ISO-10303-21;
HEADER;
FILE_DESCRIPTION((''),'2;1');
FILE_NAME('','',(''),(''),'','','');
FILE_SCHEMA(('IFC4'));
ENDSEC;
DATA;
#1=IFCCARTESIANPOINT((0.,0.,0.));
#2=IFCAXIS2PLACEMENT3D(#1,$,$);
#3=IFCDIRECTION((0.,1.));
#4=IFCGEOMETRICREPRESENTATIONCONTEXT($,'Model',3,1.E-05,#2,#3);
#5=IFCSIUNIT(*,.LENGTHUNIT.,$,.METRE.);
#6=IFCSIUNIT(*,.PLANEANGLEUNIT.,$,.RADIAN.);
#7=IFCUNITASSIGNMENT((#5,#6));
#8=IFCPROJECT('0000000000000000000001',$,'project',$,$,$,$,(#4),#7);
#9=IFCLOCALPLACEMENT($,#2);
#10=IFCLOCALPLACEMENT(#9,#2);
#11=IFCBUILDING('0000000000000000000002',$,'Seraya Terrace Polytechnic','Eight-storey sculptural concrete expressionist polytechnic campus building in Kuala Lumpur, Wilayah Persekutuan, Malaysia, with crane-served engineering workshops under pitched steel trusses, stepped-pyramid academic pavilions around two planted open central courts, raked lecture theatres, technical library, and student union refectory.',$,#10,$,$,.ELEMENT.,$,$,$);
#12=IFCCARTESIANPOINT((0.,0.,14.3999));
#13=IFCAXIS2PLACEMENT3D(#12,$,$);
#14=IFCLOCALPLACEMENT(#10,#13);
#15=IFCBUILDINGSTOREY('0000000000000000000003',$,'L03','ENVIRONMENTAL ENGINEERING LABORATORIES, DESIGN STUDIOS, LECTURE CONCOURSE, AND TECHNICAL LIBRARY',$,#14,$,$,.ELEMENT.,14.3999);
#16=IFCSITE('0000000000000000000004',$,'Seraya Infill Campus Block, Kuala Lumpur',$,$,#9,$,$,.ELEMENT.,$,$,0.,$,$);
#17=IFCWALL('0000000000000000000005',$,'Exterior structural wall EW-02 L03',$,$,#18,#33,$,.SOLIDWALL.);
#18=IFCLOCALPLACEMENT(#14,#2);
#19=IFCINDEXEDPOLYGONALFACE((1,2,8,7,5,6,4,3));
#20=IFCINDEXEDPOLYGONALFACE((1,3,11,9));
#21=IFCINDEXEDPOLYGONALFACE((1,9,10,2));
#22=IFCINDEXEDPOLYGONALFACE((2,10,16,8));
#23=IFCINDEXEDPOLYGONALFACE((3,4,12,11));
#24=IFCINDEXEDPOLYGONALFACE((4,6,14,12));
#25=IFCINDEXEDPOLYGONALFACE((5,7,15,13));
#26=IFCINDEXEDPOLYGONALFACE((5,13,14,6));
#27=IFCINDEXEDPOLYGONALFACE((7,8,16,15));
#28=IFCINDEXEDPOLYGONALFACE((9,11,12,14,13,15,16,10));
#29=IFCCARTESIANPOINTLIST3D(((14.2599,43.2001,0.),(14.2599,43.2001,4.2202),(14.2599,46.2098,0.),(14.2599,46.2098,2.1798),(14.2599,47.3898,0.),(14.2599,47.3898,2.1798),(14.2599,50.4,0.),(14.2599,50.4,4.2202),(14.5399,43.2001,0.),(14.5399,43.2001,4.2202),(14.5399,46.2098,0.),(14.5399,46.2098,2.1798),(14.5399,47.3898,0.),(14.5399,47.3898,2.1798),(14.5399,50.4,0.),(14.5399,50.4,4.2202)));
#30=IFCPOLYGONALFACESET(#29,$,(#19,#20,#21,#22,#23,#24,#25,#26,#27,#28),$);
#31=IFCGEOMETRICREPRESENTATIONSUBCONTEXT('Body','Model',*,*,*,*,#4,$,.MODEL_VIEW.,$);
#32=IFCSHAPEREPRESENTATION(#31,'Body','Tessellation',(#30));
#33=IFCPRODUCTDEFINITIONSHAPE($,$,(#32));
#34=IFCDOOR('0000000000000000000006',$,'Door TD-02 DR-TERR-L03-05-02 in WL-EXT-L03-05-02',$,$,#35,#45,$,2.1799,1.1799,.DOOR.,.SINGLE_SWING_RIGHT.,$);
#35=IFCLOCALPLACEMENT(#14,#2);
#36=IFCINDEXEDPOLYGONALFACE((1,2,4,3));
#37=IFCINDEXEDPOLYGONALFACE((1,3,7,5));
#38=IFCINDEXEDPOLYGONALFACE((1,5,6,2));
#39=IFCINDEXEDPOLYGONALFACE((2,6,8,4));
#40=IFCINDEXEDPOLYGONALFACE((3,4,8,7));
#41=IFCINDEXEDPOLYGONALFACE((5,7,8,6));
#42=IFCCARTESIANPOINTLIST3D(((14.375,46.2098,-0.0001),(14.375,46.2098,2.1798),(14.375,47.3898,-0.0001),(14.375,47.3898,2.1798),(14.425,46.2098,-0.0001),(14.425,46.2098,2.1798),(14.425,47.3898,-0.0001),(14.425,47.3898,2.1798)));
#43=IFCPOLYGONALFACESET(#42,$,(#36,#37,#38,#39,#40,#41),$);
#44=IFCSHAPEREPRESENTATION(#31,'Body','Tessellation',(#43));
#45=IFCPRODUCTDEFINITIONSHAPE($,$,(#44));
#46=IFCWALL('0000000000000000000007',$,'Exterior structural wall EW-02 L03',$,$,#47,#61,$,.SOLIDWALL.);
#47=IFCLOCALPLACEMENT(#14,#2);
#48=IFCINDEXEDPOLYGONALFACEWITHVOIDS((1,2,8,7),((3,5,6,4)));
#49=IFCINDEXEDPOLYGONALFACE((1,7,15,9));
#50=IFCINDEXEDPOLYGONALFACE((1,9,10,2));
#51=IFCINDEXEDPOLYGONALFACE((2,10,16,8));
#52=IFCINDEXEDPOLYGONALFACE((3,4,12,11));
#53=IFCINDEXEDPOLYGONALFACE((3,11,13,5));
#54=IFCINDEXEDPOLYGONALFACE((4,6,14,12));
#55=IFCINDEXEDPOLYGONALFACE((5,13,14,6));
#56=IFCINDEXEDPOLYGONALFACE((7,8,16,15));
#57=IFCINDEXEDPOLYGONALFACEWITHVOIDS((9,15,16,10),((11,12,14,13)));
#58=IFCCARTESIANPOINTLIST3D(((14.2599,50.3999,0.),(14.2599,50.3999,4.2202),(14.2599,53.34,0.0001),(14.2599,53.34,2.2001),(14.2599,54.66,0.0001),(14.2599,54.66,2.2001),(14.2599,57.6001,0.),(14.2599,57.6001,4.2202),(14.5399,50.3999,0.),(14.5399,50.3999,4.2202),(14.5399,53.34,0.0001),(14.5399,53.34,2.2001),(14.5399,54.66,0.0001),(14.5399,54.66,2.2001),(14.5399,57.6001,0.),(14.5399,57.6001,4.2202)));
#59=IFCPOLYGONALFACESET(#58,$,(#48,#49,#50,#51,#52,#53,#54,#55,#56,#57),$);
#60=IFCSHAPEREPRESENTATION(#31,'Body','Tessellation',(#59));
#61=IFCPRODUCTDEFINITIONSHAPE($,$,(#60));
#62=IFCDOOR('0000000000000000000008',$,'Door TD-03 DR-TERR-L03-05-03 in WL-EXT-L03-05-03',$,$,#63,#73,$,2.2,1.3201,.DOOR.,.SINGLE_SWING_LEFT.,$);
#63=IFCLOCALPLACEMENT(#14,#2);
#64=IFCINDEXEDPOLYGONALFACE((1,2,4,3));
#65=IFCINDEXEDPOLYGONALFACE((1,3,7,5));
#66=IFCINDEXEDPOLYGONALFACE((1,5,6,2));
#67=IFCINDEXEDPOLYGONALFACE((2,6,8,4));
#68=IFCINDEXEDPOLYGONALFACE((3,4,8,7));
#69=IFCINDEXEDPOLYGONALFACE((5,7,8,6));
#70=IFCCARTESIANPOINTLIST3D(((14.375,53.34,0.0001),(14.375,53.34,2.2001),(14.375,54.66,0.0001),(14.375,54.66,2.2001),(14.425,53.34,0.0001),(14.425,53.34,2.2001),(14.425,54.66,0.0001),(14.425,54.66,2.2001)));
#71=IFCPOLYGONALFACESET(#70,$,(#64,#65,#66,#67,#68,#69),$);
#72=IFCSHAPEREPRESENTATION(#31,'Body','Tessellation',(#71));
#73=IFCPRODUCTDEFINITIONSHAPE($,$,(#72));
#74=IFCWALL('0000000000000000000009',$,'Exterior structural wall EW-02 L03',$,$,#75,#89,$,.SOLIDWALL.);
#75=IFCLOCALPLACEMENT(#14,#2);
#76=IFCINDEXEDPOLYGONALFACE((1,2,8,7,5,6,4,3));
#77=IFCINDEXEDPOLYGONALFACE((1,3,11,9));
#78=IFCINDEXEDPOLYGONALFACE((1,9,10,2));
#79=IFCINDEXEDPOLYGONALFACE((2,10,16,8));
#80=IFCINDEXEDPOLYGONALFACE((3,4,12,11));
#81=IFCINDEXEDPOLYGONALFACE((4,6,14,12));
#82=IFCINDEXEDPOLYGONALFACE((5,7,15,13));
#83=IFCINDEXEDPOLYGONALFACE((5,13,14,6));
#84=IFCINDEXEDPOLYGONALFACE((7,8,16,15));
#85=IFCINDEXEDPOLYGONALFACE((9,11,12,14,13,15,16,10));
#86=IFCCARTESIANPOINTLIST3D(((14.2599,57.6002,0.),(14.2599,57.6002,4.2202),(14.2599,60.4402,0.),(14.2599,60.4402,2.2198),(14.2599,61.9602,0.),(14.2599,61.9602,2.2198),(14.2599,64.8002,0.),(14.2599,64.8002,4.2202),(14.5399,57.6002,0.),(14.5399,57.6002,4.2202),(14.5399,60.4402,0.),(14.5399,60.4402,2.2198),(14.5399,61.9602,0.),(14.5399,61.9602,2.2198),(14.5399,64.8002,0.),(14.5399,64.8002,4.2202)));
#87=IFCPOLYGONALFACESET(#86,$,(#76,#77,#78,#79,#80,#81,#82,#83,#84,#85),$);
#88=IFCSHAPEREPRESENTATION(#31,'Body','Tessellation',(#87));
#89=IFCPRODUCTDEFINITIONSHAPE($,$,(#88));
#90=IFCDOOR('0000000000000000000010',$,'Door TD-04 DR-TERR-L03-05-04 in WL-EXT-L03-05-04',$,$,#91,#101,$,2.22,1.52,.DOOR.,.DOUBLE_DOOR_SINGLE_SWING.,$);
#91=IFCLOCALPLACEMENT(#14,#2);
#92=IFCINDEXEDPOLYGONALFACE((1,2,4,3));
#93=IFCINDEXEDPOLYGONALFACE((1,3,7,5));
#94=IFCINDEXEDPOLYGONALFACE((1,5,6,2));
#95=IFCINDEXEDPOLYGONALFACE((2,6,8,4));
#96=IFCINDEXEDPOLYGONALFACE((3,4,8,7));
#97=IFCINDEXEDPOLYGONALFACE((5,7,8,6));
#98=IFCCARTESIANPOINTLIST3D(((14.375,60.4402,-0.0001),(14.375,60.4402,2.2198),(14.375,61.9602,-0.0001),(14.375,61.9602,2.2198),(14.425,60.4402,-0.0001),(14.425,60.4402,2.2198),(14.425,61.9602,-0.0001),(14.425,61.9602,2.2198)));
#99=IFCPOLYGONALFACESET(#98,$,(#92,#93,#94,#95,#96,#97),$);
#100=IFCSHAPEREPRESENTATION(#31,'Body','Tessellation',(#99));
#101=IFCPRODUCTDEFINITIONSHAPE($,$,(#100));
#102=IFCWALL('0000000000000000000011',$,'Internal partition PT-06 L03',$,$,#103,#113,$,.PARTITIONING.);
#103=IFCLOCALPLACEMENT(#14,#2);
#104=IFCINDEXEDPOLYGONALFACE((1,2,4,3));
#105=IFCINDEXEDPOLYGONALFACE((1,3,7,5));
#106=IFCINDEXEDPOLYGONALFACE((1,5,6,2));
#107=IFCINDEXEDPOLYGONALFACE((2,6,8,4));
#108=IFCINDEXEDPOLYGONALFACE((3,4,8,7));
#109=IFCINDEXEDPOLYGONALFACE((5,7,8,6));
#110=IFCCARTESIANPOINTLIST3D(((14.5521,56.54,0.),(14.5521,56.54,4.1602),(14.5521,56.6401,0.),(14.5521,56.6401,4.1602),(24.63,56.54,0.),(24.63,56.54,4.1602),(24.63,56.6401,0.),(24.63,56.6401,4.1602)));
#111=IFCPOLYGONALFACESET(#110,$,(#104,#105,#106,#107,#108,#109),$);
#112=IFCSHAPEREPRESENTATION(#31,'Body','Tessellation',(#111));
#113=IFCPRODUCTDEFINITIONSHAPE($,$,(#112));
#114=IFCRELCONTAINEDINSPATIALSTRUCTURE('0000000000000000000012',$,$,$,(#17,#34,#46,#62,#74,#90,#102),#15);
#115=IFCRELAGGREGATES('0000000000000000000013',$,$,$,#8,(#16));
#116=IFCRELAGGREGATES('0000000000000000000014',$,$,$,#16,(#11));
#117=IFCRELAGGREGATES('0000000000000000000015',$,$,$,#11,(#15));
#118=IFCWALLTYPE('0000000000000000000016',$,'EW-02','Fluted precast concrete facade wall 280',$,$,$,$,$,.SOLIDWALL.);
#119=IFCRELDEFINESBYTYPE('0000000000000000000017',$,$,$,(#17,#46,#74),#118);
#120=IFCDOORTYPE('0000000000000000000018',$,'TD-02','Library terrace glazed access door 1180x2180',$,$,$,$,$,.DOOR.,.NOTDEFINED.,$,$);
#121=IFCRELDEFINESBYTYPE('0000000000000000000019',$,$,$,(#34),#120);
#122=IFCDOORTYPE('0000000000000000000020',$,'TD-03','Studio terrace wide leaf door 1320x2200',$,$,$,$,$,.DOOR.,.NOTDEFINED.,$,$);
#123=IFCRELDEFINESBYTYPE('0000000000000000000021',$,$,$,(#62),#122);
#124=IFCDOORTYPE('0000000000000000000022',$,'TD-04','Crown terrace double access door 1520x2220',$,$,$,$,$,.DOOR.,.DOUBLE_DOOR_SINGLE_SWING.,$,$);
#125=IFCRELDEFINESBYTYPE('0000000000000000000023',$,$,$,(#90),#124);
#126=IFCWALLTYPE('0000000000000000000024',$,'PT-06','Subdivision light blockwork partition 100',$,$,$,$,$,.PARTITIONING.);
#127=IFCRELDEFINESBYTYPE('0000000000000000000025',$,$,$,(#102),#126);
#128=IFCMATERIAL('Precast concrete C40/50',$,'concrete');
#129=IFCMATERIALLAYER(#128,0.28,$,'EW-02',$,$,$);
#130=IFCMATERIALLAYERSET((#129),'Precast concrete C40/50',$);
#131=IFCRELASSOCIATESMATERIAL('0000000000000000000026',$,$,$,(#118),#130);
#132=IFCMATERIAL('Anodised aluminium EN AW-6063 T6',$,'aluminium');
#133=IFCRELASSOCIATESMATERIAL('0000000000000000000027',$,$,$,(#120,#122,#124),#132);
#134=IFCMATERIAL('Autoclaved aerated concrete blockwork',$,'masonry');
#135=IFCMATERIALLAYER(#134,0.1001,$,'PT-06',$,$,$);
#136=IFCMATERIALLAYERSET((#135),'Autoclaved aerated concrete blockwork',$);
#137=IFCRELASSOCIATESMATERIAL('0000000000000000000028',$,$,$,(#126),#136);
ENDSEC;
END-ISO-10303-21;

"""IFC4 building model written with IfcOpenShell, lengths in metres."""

from ifc_helpers import new_model, si_unit, direction, frame, frame_2d, origin, place, context, subcontext, project, spatial, rectangle, extrude, material, layer, layer_set, type_object, element, fill, save


model = new_model("IFC4")

# Units and contexts
model_context = context("Model", 3, precision=1e-05, world=origin(), true_north=direction((0.0, 1.0)))
body_context = subcontext(model_context, "Body", "Model", "MODEL_VIEW")
ifc_project = project(units=[si_unit("LENGTHUNIT", "METRE"), si_unit("PLANEANGLEUNIT", "RADIAN")], contexts=[model_context])

# Site, building, storey
site_placement = place(None, origin())
site = spatial("IfcSite", under=ifc_project, at=site_placement, Name="Seraya Infill Campus Block, Kuala Lumpur", CompositionType="ELEMENT", RefElevation=0.0)
building_placement = place(site_placement, origin())
building = spatial("IfcBuilding", under=site, at=building_placement, Name="Seraya Terrace Polytechnic", Description="Eight-storey sculptural concrete expressionist polytechnic campus building in Kuala Lumpur, Wilayah Persekutuan, Malaysia, with crane-served engineering workshops under pitched steel trusses, stepped-pyramid academic pavilions around two planted open central courts, raked lecture theatres, technical library, and student union refectory.", CompositionType="ELEMENT")
storey_placement = place(building_placement, frame((0.0, 0.0, 14.3999)))
storey = spatial("IfcBuildingStorey", under=building, at=storey_placement, Name="L03", Description="ENVIRONMENTAL ENGINEERING LABORATORIES, DESIGN STUDIOS, LECTURE CONCOURSE, AND TECHNICAL LIBRARY", CompositionType="ELEMENT", Elevation=14.3999)

# Walls, openings, doors
ifc_material_1 = material(Name="Precast concrete C40/50", Category="concrete")
ifc_layer_1 = layer(ifc_material_1, 0.28, Name="EW-02")
ifc_layer_set_1 = layer_set([ifc_layer_1], Name="Precast concrete C40/50")
wall_type_1 = type_object("IfcWallType", Name="EW-02", Description="Fluted precast concrete facade wall 280", PredefinedType="SOLIDWALL", material=ifc_layer_set_1)
wall_1_placement = place(storey_placement, frame((14.3999, 43.2, 0.0), z_axis=(0.0, 0.0, 1.0), x_axis=(0.0, 1.0, 0.0)))
wall_1 = element("IfcWall", 1, at=wall_1_placement, inside=storey, type_object=wall_type_1, Name="Exterior structural wall EW-02 L03", PredefinedType="SOLIDWALL", context=body_context, shape_type="SweptSolid", body=[
    extrude(rectangle(XDim=7.2, YDim=0.28, at=frame_2d((3.6001, 0.0))), origin(), (0.0, 0.0, 1.0), 4.2202),
])
opening_1_placement = place(wall_1_placement, frame((3.01, 0.0, 0.0)))
opening_1 = element("IfcOpeningElement", 2, at=opening_1_placement, cuts=wall_1, PredefinedType="OPENING", context=body_context, shape_type="SweptSolid", body=[
    extrude(rectangle(XDim=1.1799, YDim=2.1799, at=frame_2d((0.5898, 1.0898))), frame((0.0, 0.1519, 0.0), z_axis=(0.0, -1.0, 0.0), x_axis=(1.0, 0.0, 0.0)), (0.0, 0.0, 1.0), 0.304),
])
ifc_material_2 = material(Name="Anodised aluminium EN AW-6063 T6", Category="aluminium")
door_type_1 = type_object("IfcDoorType", Name="TD-02", Description="Library terrace glazed access door 1180x2180", OperationType="NOTDEFINED", PredefinedType="DOOR", material=ifc_material_2)
door_1_placement = place(opening_1_placement, origin())
door_1 = element("IfcDoor", 3, at=door_1_placement, inside=storey, type_object=door_type_1, Name="Door TD-02 DR-TERR-L03-05-02 in WL-EXT-L03-05-02", OperationType="SINGLE_SWING_RIGHT", OverallHeight=2.1799, OverallWidth=1.1799, PredefinedType="DOOR", context=body_context, shape_type="SweptSolid", body=[
    extrude(rectangle(XDim=1.1799, YDim=2.1799, at=frame_2d((0.5898, 1.0898))), frame((0.0, 0.0249, 0.0), z_axis=(0.0, -1.0, 0.0), x_axis=(1.0, 0.0, 0.0)), (0.0, 0.0, 1.0), 0.05),
])
fill(opening_1, door_1)
wall_2_placement = place(storey_placement, frame((14.3999, 50.3999, 0.0), z_axis=(0.0, 0.0, 1.0), x_axis=(0.0, 1.0, 0.0)))
wall_2 = element("IfcWall", 4, at=wall_2_placement, inside=storey, type_object=wall_type_1, Name="Exterior structural wall EW-02 L03", PredefinedType="SOLIDWALL", context=body_context, shape_type="SweptSolid", body=[
    extrude(rectangle(XDim=7.2002, YDim=0.28, at=frame_2d((3.6001, 0.0))), origin(), (0.0, 0.0, 1.0), 4.2202),
])
opening_2_placement = place(wall_2_placement, frame((2.9399, 0.0, 0.0)))
opening_2 = element("IfcOpeningElement", 5, at=opening_2_placement, cuts=wall_2, PredefinedType="OPENING", context=body_context, shape_type="SweptSolid", body=[
    extrude(rectangle(XDim=1.3201, YDim=2.2, at=frame_2d((0.6602, 1.1001))), frame((0.0, 0.1519, 0.0), z_axis=(0.0, -1.0, 0.0), x_axis=(1.0, 0.0, 0.0)), (0.0, 0.0, 1.0), 0.304),
])
door_type_2 = type_object("IfcDoorType", Name="TD-03", Description="Studio terrace wide leaf door 1320x2200", OperationType="NOTDEFINED", PredefinedType="DOOR", material=ifc_material_2)
door_2_placement = place(opening_2_placement, origin())
door_2 = element("IfcDoor", 6, at=door_2_placement, inside=storey, type_object=door_type_2, Name="Door TD-03 DR-TERR-L03-05-03 in WL-EXT-L03-05-03", OperationType="SINGLE_SWING_LEFT", OverallHeight=2.2, OverallWidth=1.3201, PredefinedType="DOOR", context=body_context, shape_type="SweptSolid", body=[
    extrude(rectangle(XDim=1.3201, YDim=2.2, at=frame_2d((0.6602, 1.1001))), frame((0.0, 0.0249, 0.0), z_axis=(0.0, -1.0, 0.0), x_axis=(1.0, 0.0, 0.0)), (0.0, 0.0, 1.0), 0.05),
])
fill(opening_2, door_2)
wall_3_placement = place(storey_placement, frame((14.3999, 57.6001, 0.0), z_axis=(0.0, 0.0, 1.0), x_axis=(0.0, 1.0, 0.0)))
wall_3 = element("IfcWall", 7, at=wall_3_placement, inside=storey, type_object=wall_type_1, Name="Exterior structural wall EW-02 L03", PredefinedType="SOLIDWALL", context=body_context, shape_type="SweptSolid", body=[
    extrude(rectangle(XDim=7.2, YDim=0.28, at=frame_2d((3.6001, 0.0))), origin(), (0.0, 0.0, 1.0), 4.2202),
])
opening_3_placement = place(wall_3_placement, frame((2.8401, 0.0, 0.0)))
opening_3 = element("IfcOpeningElement", 8, at=opening_3_placement, cuts=wall_3, PredefinedType="OPENING", context=body_context, shape_type="SweptSolid", body=[
    extrude(rectangle(XDim=1.52, YDim=2.22, at=frame_2d((0.76, 1.1099))), frame((0.0, 0.1519, 0.0), z_axis=(0.0, -1.0, 0.0), x_axis=(1.0, 0.0, 0.0)), (0.0, 0.0, 1.0), 0.304),
])
door_type_3 = type_object("IfcDoorType", Name="TD-04", Description="Crown terrace double access door 1520x2220", OperationType="DOUBLE_DOOR_SINGLE_SWING", PredefinedType="DOOR", material=ifc_material_2)
door_3_placement = place(opening_3_placement, origin())
door_3 = element("IfcDoor", 9, at=door_3_placement, inside=storey, type_object=door_type_3, Name="Door TD-04 DR-TERR-L03-05-04 in WL-EXT-L03-05-04", OperationType="DOUBLE_DOOR_SINGLE_SWING", OverallHeight=2.22, OverallWidth=1.52, PredefinedType="DOOR", context=body_context, shape_type="SweptSolid", body=[
    extrude(rectangle(XDim=1.52, YDim=2.22, at=frame_2d((0.76, 1.1099))), frame((0.0, 0.0249, 0.0), z_axis=(0.0, -1.0, 0.0), x_axis=(1.0, 0.0, 0.0)), (0.0, 0.0, 1.0), 0.05),
])
fill(opening_3, door_3)

# Wall
ifc_material_3 = material(Name="Autoclaved aerated concrete blockwork", Category="masonry")
ifc_layer_2 = layer(ifc_material_3, 0.1001, Name="PT-06")
ifc_layer_set_2 = layer_set([ifc_layer_2], Name="Autoclaved aerated concrete blockwork")
wall_type_2 = type_object("IfcWallType", Name="PT-06", Description="Subdivision light blockwork partition 100", PredefinedType="PARTITIONING", material=ifc_layer_set_2)
wall_4_placement = place(storey_placement, frame((14.552, 56.5901, 0.0), z_axis=(0.0, 0.0, 1.0), x_axis=(1.0, 0.0, 0.0)))
element("IfcWall", 10, at=wall_4_placement, inside=storey, type_object=wall_type_2, Name="Internal partition PT-06 L03", PredefinedType="PARTITIONING", context=body_context, shape_type="SweptSolid", body=[
    extrude(rectangle(XDim=10.0779, YDim=0.1001, at=frame_2d((5.0391, 0.0))), origin(), (0.0, 0.0, 1.0), 4.1602),
])

save(model, "model.ifc")
